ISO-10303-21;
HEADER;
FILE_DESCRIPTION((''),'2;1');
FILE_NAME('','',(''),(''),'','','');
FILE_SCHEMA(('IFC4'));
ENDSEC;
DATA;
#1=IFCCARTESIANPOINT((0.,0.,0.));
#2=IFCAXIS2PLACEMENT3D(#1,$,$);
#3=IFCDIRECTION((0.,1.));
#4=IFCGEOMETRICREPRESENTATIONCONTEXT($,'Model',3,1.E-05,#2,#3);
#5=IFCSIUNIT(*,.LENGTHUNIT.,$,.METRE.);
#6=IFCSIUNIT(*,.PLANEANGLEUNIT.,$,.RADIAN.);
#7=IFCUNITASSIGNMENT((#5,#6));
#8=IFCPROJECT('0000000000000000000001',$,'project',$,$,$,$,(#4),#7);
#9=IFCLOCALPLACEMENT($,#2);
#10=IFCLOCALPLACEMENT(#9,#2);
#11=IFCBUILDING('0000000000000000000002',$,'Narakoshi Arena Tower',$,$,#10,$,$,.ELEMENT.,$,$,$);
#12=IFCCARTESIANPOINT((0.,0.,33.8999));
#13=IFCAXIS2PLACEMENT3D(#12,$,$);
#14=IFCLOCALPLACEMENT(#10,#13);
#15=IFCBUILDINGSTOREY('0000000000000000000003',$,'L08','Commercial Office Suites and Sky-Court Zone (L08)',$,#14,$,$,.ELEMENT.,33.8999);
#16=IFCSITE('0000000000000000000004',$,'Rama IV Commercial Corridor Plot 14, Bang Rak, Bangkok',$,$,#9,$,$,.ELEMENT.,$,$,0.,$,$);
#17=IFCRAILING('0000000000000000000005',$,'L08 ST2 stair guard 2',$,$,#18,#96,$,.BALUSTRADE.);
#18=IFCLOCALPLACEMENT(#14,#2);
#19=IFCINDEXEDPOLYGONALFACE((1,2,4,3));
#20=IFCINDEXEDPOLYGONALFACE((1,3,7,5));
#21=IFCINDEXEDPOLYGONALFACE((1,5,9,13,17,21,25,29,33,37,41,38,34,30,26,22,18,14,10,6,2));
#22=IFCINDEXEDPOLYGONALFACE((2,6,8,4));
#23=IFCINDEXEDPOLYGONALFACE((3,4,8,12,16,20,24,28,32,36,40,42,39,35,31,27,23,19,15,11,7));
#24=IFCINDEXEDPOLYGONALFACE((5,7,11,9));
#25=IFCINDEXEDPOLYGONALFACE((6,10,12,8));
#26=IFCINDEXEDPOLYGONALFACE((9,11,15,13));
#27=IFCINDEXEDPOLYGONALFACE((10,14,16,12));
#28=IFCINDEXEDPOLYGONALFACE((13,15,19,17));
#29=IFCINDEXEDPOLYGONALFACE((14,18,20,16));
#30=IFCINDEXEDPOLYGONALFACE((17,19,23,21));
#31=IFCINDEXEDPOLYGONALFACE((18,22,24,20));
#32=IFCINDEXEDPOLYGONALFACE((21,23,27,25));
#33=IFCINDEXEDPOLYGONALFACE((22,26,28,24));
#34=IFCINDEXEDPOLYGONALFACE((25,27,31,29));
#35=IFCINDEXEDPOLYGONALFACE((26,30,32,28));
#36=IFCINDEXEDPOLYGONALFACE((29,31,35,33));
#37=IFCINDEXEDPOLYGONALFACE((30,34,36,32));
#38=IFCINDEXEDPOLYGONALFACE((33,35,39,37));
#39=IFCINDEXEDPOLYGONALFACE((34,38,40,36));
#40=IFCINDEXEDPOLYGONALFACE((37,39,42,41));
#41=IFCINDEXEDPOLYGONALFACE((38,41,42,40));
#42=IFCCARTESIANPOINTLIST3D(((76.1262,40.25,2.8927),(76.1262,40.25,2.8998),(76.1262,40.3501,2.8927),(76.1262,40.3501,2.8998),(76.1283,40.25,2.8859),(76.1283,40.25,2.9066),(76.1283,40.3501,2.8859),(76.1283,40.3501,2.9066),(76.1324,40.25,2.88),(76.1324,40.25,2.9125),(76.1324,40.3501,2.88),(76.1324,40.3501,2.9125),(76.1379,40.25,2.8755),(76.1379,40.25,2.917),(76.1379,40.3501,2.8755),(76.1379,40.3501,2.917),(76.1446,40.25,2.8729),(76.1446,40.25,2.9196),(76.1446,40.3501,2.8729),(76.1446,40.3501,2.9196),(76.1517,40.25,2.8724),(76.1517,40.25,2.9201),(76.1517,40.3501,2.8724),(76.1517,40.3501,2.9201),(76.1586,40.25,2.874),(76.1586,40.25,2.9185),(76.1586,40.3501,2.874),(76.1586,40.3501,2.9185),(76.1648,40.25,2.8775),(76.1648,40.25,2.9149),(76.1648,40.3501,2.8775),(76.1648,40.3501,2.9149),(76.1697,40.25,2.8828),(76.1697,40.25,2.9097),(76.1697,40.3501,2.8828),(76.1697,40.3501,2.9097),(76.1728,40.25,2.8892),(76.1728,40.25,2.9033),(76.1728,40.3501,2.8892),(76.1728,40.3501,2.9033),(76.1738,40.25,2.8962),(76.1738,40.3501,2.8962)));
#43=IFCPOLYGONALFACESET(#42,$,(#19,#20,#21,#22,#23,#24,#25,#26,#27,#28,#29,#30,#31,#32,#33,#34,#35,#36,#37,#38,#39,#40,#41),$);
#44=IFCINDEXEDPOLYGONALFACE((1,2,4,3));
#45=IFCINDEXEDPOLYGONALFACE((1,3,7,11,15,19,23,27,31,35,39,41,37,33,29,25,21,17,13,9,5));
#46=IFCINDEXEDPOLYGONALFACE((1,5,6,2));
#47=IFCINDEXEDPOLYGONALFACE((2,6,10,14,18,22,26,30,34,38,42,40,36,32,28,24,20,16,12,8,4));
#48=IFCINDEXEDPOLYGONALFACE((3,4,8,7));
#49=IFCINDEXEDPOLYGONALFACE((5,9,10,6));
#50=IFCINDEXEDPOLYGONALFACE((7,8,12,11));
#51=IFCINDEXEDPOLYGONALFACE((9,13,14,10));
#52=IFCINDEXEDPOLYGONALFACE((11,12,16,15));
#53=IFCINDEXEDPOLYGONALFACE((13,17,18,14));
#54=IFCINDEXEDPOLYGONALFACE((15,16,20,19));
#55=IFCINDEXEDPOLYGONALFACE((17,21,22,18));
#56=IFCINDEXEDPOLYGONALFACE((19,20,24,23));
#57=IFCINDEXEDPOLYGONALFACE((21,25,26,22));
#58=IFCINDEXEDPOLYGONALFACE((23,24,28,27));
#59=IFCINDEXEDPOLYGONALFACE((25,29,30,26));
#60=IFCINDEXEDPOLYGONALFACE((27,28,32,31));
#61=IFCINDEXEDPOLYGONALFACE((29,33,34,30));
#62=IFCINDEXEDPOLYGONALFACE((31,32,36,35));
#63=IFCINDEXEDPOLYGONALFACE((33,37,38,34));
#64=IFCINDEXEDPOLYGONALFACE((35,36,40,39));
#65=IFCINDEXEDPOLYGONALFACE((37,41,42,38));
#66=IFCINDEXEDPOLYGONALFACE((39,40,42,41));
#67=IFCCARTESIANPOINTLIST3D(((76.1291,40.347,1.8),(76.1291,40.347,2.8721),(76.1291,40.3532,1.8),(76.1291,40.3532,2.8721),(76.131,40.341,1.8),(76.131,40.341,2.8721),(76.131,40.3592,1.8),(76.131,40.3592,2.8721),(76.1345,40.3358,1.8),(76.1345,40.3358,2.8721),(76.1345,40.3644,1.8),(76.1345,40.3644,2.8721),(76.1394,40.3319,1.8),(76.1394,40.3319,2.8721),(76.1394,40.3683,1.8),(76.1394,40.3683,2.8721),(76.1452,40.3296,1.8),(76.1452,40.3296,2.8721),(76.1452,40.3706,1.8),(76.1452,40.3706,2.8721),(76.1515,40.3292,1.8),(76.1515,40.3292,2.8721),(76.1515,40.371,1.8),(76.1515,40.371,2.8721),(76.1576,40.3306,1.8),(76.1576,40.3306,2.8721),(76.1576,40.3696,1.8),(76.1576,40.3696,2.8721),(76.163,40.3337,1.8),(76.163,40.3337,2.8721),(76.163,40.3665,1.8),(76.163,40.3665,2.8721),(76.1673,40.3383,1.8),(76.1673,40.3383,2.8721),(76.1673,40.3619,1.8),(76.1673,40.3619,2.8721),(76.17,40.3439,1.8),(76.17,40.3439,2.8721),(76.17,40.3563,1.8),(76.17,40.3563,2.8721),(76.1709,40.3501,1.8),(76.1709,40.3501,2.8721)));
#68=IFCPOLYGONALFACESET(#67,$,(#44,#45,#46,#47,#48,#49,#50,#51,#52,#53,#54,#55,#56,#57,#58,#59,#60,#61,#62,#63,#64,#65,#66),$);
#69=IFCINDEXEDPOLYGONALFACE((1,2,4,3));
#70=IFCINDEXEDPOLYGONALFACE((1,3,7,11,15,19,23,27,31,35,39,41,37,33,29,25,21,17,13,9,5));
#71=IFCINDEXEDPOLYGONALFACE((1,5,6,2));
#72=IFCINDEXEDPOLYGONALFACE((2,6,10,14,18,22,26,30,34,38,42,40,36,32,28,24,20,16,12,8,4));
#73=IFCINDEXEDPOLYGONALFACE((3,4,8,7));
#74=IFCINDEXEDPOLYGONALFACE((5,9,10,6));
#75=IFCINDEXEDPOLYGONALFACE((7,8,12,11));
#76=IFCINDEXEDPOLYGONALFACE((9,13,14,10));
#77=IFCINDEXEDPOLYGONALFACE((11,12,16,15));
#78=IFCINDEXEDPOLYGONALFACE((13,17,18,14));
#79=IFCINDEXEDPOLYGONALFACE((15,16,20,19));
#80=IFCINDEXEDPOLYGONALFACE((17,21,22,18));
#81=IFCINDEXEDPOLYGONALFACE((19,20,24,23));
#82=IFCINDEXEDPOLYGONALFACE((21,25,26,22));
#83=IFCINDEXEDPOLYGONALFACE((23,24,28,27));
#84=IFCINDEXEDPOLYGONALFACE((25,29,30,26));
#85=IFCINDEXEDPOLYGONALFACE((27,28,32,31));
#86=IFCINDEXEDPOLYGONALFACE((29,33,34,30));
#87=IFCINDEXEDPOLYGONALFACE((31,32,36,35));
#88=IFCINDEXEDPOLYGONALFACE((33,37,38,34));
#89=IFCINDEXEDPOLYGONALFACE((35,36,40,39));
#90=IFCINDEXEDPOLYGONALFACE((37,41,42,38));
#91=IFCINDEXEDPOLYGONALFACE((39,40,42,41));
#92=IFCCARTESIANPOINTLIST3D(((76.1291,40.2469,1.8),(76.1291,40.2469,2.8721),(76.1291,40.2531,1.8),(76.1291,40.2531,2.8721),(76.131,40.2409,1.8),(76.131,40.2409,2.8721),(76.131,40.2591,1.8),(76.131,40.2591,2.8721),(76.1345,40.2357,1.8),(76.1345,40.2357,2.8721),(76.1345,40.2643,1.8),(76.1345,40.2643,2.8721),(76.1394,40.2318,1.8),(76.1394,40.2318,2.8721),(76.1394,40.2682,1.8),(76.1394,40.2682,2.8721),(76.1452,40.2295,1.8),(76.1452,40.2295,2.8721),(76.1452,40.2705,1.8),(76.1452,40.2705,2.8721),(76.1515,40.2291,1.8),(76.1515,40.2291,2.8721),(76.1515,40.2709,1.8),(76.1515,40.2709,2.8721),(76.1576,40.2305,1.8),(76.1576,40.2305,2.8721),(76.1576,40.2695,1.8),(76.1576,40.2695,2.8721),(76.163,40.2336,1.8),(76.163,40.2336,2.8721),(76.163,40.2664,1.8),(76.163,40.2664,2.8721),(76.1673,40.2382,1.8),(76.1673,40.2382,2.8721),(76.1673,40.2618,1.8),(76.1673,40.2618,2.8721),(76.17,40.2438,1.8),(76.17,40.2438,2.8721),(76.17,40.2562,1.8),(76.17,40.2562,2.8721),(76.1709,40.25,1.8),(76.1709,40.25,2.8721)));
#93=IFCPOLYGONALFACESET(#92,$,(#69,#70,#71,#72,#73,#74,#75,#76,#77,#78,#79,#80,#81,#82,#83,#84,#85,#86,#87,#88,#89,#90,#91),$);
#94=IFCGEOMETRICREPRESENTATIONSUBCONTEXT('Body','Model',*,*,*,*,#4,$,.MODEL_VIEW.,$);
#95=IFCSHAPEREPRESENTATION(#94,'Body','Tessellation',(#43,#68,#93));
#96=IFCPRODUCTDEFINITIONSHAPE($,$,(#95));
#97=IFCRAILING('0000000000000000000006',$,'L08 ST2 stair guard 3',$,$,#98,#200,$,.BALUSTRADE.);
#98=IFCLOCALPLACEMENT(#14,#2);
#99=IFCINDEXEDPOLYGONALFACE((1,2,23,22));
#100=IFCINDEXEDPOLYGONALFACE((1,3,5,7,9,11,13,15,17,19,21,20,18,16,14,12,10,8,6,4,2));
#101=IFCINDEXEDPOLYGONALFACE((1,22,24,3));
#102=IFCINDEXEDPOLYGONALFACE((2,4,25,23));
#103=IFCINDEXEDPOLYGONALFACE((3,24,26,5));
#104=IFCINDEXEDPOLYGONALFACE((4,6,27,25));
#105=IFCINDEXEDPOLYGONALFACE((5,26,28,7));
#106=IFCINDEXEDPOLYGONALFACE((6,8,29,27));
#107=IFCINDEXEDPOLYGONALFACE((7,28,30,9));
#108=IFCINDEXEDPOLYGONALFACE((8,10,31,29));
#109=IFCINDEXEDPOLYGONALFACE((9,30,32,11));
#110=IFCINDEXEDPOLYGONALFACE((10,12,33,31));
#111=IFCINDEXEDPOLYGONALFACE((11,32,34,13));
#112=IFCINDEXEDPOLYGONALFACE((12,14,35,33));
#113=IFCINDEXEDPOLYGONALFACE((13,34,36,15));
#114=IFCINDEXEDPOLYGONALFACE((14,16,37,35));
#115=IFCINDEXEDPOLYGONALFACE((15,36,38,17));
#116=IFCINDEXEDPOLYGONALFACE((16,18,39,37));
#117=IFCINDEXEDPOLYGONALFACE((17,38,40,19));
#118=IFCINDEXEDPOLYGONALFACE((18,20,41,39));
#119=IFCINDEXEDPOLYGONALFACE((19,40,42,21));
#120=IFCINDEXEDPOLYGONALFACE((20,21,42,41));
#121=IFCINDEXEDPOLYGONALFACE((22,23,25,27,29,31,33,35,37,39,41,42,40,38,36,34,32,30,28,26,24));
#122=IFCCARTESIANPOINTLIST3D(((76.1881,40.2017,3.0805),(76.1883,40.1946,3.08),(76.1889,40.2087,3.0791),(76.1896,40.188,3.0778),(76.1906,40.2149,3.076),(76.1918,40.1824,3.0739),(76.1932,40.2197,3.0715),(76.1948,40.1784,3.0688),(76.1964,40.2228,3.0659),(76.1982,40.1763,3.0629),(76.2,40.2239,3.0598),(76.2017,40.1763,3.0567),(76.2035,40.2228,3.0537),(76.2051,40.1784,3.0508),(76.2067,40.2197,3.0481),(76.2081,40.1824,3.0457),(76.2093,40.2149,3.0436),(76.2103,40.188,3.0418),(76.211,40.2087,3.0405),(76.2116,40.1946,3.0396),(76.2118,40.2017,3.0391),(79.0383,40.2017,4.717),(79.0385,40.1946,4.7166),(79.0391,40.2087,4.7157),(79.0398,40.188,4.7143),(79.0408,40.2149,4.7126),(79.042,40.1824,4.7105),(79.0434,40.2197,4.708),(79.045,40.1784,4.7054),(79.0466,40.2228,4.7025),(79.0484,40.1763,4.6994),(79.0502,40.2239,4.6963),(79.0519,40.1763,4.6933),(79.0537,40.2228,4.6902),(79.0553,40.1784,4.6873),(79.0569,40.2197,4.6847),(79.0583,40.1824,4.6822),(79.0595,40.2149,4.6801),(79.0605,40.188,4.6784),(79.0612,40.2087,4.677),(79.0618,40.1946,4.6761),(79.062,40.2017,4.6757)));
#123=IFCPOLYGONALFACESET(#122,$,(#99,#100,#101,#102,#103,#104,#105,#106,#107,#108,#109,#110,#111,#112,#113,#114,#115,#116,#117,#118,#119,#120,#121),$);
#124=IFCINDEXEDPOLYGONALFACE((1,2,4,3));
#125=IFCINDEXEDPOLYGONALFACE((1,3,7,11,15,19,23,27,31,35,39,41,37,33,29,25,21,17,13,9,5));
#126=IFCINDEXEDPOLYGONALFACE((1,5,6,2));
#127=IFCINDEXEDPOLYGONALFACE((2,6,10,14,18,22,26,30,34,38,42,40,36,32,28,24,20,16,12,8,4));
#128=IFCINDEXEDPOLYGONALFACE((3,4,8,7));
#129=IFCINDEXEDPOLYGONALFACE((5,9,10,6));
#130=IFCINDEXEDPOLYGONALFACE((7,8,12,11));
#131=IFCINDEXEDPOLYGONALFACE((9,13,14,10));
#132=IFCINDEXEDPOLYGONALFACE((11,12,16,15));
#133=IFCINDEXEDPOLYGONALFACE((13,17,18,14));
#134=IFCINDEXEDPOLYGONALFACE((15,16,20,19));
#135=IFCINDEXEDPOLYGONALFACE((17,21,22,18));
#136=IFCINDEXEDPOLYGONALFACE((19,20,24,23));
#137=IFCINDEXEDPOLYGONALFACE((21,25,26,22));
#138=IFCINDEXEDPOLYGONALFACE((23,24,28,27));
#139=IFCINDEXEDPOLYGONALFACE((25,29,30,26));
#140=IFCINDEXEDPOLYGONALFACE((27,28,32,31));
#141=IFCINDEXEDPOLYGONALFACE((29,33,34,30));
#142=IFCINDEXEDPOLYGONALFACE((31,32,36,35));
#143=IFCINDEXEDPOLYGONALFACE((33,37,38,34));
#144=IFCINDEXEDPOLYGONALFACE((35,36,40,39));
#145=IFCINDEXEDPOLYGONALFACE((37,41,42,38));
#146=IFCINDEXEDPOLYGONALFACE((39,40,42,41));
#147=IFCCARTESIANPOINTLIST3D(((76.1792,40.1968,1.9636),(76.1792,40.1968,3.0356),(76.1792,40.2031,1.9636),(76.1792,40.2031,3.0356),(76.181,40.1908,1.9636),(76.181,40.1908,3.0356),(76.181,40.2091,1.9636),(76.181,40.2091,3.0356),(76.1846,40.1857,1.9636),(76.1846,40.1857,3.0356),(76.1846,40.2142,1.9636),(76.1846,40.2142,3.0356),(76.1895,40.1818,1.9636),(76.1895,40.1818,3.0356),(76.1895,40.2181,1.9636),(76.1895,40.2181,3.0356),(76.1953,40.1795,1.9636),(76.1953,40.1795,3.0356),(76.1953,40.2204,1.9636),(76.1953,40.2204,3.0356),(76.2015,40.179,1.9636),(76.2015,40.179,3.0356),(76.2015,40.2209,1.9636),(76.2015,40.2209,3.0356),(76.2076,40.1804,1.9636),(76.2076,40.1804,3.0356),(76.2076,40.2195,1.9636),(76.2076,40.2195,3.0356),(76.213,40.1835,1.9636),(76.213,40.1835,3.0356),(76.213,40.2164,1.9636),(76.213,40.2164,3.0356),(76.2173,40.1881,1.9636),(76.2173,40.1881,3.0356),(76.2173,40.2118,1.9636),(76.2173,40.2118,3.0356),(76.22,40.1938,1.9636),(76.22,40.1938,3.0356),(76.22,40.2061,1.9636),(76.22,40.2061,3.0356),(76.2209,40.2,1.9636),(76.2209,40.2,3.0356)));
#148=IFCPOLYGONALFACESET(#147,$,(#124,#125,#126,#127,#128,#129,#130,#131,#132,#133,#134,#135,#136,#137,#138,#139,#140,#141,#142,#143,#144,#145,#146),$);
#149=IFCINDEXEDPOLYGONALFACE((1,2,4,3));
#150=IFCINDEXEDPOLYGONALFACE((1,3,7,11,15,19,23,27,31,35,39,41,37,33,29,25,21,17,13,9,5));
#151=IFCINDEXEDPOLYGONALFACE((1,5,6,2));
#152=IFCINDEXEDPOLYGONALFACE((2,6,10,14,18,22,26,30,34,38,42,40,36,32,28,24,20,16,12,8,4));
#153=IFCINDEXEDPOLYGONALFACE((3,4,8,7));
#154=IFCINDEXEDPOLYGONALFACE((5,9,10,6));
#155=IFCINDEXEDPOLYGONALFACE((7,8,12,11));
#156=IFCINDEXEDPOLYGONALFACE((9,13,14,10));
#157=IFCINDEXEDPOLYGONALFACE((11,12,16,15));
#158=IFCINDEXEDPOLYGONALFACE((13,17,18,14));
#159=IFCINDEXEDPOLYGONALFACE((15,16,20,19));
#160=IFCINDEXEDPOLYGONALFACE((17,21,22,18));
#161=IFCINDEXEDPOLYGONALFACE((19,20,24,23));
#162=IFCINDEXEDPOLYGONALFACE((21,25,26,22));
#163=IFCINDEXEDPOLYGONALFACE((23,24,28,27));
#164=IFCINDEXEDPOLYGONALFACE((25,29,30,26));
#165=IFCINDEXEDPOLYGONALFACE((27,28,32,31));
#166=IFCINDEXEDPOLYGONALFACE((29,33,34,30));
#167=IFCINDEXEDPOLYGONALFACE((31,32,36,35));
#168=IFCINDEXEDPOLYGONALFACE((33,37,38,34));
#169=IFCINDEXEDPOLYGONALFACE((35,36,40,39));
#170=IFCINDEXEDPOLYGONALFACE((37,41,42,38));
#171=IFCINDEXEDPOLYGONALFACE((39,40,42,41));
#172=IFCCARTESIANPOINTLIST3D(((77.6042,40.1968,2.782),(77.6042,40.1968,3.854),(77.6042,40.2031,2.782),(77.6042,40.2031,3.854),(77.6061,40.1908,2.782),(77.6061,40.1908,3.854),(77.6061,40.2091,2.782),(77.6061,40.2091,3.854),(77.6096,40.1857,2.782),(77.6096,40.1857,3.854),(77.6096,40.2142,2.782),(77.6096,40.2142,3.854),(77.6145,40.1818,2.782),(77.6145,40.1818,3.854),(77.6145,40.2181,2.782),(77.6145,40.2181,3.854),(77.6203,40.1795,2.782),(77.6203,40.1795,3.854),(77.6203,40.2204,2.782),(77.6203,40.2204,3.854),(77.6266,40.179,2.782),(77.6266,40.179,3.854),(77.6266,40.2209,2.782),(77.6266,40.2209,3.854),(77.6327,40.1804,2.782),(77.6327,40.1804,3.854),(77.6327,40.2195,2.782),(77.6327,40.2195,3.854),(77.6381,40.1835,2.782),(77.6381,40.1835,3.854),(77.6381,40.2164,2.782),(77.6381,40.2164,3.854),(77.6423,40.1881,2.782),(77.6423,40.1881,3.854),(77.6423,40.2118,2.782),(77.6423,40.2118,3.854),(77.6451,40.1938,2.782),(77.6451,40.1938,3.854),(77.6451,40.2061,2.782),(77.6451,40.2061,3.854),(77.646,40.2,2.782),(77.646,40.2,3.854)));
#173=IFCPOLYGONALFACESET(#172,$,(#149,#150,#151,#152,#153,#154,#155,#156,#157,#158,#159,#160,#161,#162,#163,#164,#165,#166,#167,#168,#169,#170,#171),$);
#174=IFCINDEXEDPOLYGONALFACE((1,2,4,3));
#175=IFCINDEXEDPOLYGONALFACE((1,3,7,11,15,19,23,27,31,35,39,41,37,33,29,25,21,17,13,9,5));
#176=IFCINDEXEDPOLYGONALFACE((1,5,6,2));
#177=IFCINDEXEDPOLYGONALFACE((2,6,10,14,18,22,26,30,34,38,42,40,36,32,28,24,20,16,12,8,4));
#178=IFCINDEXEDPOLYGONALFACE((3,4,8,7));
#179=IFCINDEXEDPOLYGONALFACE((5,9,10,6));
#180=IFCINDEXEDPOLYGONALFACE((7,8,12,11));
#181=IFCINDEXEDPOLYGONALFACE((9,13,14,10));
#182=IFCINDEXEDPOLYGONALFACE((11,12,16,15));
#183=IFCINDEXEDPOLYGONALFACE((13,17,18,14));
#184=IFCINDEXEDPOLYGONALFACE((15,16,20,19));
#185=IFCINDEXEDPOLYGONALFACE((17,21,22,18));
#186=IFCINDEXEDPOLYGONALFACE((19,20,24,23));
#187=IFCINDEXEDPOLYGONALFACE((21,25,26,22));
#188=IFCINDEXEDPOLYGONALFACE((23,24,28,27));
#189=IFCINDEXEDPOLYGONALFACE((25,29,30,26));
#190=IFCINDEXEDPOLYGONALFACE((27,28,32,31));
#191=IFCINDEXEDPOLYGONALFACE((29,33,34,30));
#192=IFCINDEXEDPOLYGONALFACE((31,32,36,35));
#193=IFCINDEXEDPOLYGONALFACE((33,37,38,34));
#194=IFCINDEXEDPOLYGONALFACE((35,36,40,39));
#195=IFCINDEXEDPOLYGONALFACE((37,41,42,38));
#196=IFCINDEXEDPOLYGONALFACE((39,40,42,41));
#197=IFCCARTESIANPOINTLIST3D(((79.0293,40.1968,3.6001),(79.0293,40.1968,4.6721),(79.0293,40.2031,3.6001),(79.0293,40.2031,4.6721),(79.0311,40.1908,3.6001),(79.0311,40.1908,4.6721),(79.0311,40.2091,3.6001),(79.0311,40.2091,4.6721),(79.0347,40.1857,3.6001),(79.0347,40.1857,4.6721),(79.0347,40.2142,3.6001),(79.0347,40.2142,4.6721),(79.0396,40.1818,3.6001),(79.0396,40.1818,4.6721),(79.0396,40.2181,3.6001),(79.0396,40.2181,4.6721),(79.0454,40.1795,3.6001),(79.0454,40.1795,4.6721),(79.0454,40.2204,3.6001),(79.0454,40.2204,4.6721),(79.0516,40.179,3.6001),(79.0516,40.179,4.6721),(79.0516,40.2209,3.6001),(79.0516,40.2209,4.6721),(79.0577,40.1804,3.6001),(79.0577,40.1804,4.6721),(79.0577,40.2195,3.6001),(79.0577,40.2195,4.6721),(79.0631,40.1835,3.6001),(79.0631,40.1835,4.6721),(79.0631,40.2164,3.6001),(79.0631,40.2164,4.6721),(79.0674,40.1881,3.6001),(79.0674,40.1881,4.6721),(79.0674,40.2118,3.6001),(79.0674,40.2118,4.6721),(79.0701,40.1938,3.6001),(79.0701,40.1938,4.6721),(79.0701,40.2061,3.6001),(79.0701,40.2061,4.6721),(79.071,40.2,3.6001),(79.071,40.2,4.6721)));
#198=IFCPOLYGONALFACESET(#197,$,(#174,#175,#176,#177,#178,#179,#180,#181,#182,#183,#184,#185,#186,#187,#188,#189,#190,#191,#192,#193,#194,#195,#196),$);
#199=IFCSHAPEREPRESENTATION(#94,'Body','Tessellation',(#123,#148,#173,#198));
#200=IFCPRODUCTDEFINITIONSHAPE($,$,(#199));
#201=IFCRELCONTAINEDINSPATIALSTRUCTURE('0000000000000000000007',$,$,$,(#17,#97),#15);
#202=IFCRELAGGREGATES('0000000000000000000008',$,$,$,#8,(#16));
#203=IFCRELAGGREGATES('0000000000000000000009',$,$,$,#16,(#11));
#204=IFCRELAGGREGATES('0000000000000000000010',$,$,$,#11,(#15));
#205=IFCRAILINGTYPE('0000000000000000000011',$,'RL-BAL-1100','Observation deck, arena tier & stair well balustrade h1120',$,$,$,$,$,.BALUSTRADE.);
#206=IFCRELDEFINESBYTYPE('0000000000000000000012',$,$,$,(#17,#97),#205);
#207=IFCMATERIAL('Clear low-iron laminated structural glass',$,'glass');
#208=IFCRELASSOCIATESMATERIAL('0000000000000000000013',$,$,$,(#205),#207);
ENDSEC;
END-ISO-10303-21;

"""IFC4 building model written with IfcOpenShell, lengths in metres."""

from ifc_helpers import new_model, si_unit, direction, frame, origin, origin_2d, place, context, subcontext, project, spatial, circle, extrude, material, type_object, element, save


model = new_model("IFC4")

# Units and contexts
model_context = context("Model", 3, precision=1e-05, world=origin(), true_north=direction((0.0, 1.0)))
body_context = subcontext(model_context, "Body", "Model", "MODEL_VIEW")
ifc_project = project(units=[si_unit("LENGTHUNIT", "METRE"), si_unit("PLANEANGLEUNIT", "RADIAN")], contexts=[model_context])

# Site, building, storey
site_placement = place(None, origin())
site = spatial("IfcSite", under=ifc_project, at=site_placement, Name="Rama IV Commercial Corridor Plot 14, Bang Rak, Bangkok", CompositionType="ELEMENT", RefElevation=0.0)
building_placement = place(site_placement, origin())
building = spatial("IfcBuilding", under=site, at=building_placement, Name="Narakoshi Arena Tower", CompositionType="ELEMENT")
storey_placement = place(building_placement, frame((0.0, 0.0, 33.8999)))
storey = spatial("IfcBuildingStorey", under=building, at=storey_placement, Name="L08", Description="Commercial Office Suites and Sky-Court Zone (L08)", CompositionType="ELEMENT", Elevation=33.8999)

# Railings
ifc_material_1 = material(Name="Clear low-iron laminated structural glass", Category="glass")
railing_type_1 = type_object("IfcRailingType", Name="RL-BAL-1100", Description="Observation deck, arena tier & stair well balustrade h1120", PredefinedType="BALUSTRADE", material=ifc_material_1)
railing_1_placement = place(storey_placement, frame((76.1499, 40.3501, 1.8)))
element("IfcRailing", 1, at=railing_1_placement, inside=storey, type_object=railing_type_1, Name="L08 ST2 stair guard 2", PredefinedType="BALUSTRADE", context=body_context, shape_type="SweptSolid", body=[
    extrude(circle(Radius=0.0239, at=origin_2d()), frame((0.0, 0.0, 1.0962), z_axis=(0.0, -1.0, 0.0), x_axis=(1.0, 0.0, 0.0)), (0.0, 0.0, 1.0), 0.1001),
    extrude(circle(Radius=0.021, at=origin_2d()), origin(), (0.0, 0.0, 1.0), 1.072),
    extrude(circle(Radius=0.021, at=origin_2d()), frame((0.0, -0.1001, 0.0)), (0.0, 0.0, 1.0), 1.072),
])
railing_2_placement = place(storey_placement, frame((76.2, 40.2, 1.9636)))
element("IfcRailing", 2, at=railing_2_placement, inside=storey, type_object=railing_type_1, Name="L08 ST2 stair guard 3", PredefinedType="BALUSTRADE", context=body_context, shape_type="SweptSolid", body=[
    extrude(circle(Radius=0.0239, at=origin_2d()), frame((0.0, 0.0, 1.0962), z_axis=(0.867213, 0.0, 0.497938), x_axis=(0.0, 1.0, 0.0)), (0.0, 0.0, 1.0), 3.2866),
    extrude(circle(Radius=0.021, at=origin_2d()), origin(), (0.0, 0.0, 1.0), 1.072),
    extrude(circle(Radius=0.021, at=origin_2d()), frame((1.425, 0.0, 0.8184)), (0.0, 0.0, 1.0), 1.072),
    extrude(circle(Radius=0.021, at=origin_2d()), frame((2.8501, 0.0, 1.6365)), (0.0, 0.0, 1.0), 1.072),
])

save(model, "model.ifc")
